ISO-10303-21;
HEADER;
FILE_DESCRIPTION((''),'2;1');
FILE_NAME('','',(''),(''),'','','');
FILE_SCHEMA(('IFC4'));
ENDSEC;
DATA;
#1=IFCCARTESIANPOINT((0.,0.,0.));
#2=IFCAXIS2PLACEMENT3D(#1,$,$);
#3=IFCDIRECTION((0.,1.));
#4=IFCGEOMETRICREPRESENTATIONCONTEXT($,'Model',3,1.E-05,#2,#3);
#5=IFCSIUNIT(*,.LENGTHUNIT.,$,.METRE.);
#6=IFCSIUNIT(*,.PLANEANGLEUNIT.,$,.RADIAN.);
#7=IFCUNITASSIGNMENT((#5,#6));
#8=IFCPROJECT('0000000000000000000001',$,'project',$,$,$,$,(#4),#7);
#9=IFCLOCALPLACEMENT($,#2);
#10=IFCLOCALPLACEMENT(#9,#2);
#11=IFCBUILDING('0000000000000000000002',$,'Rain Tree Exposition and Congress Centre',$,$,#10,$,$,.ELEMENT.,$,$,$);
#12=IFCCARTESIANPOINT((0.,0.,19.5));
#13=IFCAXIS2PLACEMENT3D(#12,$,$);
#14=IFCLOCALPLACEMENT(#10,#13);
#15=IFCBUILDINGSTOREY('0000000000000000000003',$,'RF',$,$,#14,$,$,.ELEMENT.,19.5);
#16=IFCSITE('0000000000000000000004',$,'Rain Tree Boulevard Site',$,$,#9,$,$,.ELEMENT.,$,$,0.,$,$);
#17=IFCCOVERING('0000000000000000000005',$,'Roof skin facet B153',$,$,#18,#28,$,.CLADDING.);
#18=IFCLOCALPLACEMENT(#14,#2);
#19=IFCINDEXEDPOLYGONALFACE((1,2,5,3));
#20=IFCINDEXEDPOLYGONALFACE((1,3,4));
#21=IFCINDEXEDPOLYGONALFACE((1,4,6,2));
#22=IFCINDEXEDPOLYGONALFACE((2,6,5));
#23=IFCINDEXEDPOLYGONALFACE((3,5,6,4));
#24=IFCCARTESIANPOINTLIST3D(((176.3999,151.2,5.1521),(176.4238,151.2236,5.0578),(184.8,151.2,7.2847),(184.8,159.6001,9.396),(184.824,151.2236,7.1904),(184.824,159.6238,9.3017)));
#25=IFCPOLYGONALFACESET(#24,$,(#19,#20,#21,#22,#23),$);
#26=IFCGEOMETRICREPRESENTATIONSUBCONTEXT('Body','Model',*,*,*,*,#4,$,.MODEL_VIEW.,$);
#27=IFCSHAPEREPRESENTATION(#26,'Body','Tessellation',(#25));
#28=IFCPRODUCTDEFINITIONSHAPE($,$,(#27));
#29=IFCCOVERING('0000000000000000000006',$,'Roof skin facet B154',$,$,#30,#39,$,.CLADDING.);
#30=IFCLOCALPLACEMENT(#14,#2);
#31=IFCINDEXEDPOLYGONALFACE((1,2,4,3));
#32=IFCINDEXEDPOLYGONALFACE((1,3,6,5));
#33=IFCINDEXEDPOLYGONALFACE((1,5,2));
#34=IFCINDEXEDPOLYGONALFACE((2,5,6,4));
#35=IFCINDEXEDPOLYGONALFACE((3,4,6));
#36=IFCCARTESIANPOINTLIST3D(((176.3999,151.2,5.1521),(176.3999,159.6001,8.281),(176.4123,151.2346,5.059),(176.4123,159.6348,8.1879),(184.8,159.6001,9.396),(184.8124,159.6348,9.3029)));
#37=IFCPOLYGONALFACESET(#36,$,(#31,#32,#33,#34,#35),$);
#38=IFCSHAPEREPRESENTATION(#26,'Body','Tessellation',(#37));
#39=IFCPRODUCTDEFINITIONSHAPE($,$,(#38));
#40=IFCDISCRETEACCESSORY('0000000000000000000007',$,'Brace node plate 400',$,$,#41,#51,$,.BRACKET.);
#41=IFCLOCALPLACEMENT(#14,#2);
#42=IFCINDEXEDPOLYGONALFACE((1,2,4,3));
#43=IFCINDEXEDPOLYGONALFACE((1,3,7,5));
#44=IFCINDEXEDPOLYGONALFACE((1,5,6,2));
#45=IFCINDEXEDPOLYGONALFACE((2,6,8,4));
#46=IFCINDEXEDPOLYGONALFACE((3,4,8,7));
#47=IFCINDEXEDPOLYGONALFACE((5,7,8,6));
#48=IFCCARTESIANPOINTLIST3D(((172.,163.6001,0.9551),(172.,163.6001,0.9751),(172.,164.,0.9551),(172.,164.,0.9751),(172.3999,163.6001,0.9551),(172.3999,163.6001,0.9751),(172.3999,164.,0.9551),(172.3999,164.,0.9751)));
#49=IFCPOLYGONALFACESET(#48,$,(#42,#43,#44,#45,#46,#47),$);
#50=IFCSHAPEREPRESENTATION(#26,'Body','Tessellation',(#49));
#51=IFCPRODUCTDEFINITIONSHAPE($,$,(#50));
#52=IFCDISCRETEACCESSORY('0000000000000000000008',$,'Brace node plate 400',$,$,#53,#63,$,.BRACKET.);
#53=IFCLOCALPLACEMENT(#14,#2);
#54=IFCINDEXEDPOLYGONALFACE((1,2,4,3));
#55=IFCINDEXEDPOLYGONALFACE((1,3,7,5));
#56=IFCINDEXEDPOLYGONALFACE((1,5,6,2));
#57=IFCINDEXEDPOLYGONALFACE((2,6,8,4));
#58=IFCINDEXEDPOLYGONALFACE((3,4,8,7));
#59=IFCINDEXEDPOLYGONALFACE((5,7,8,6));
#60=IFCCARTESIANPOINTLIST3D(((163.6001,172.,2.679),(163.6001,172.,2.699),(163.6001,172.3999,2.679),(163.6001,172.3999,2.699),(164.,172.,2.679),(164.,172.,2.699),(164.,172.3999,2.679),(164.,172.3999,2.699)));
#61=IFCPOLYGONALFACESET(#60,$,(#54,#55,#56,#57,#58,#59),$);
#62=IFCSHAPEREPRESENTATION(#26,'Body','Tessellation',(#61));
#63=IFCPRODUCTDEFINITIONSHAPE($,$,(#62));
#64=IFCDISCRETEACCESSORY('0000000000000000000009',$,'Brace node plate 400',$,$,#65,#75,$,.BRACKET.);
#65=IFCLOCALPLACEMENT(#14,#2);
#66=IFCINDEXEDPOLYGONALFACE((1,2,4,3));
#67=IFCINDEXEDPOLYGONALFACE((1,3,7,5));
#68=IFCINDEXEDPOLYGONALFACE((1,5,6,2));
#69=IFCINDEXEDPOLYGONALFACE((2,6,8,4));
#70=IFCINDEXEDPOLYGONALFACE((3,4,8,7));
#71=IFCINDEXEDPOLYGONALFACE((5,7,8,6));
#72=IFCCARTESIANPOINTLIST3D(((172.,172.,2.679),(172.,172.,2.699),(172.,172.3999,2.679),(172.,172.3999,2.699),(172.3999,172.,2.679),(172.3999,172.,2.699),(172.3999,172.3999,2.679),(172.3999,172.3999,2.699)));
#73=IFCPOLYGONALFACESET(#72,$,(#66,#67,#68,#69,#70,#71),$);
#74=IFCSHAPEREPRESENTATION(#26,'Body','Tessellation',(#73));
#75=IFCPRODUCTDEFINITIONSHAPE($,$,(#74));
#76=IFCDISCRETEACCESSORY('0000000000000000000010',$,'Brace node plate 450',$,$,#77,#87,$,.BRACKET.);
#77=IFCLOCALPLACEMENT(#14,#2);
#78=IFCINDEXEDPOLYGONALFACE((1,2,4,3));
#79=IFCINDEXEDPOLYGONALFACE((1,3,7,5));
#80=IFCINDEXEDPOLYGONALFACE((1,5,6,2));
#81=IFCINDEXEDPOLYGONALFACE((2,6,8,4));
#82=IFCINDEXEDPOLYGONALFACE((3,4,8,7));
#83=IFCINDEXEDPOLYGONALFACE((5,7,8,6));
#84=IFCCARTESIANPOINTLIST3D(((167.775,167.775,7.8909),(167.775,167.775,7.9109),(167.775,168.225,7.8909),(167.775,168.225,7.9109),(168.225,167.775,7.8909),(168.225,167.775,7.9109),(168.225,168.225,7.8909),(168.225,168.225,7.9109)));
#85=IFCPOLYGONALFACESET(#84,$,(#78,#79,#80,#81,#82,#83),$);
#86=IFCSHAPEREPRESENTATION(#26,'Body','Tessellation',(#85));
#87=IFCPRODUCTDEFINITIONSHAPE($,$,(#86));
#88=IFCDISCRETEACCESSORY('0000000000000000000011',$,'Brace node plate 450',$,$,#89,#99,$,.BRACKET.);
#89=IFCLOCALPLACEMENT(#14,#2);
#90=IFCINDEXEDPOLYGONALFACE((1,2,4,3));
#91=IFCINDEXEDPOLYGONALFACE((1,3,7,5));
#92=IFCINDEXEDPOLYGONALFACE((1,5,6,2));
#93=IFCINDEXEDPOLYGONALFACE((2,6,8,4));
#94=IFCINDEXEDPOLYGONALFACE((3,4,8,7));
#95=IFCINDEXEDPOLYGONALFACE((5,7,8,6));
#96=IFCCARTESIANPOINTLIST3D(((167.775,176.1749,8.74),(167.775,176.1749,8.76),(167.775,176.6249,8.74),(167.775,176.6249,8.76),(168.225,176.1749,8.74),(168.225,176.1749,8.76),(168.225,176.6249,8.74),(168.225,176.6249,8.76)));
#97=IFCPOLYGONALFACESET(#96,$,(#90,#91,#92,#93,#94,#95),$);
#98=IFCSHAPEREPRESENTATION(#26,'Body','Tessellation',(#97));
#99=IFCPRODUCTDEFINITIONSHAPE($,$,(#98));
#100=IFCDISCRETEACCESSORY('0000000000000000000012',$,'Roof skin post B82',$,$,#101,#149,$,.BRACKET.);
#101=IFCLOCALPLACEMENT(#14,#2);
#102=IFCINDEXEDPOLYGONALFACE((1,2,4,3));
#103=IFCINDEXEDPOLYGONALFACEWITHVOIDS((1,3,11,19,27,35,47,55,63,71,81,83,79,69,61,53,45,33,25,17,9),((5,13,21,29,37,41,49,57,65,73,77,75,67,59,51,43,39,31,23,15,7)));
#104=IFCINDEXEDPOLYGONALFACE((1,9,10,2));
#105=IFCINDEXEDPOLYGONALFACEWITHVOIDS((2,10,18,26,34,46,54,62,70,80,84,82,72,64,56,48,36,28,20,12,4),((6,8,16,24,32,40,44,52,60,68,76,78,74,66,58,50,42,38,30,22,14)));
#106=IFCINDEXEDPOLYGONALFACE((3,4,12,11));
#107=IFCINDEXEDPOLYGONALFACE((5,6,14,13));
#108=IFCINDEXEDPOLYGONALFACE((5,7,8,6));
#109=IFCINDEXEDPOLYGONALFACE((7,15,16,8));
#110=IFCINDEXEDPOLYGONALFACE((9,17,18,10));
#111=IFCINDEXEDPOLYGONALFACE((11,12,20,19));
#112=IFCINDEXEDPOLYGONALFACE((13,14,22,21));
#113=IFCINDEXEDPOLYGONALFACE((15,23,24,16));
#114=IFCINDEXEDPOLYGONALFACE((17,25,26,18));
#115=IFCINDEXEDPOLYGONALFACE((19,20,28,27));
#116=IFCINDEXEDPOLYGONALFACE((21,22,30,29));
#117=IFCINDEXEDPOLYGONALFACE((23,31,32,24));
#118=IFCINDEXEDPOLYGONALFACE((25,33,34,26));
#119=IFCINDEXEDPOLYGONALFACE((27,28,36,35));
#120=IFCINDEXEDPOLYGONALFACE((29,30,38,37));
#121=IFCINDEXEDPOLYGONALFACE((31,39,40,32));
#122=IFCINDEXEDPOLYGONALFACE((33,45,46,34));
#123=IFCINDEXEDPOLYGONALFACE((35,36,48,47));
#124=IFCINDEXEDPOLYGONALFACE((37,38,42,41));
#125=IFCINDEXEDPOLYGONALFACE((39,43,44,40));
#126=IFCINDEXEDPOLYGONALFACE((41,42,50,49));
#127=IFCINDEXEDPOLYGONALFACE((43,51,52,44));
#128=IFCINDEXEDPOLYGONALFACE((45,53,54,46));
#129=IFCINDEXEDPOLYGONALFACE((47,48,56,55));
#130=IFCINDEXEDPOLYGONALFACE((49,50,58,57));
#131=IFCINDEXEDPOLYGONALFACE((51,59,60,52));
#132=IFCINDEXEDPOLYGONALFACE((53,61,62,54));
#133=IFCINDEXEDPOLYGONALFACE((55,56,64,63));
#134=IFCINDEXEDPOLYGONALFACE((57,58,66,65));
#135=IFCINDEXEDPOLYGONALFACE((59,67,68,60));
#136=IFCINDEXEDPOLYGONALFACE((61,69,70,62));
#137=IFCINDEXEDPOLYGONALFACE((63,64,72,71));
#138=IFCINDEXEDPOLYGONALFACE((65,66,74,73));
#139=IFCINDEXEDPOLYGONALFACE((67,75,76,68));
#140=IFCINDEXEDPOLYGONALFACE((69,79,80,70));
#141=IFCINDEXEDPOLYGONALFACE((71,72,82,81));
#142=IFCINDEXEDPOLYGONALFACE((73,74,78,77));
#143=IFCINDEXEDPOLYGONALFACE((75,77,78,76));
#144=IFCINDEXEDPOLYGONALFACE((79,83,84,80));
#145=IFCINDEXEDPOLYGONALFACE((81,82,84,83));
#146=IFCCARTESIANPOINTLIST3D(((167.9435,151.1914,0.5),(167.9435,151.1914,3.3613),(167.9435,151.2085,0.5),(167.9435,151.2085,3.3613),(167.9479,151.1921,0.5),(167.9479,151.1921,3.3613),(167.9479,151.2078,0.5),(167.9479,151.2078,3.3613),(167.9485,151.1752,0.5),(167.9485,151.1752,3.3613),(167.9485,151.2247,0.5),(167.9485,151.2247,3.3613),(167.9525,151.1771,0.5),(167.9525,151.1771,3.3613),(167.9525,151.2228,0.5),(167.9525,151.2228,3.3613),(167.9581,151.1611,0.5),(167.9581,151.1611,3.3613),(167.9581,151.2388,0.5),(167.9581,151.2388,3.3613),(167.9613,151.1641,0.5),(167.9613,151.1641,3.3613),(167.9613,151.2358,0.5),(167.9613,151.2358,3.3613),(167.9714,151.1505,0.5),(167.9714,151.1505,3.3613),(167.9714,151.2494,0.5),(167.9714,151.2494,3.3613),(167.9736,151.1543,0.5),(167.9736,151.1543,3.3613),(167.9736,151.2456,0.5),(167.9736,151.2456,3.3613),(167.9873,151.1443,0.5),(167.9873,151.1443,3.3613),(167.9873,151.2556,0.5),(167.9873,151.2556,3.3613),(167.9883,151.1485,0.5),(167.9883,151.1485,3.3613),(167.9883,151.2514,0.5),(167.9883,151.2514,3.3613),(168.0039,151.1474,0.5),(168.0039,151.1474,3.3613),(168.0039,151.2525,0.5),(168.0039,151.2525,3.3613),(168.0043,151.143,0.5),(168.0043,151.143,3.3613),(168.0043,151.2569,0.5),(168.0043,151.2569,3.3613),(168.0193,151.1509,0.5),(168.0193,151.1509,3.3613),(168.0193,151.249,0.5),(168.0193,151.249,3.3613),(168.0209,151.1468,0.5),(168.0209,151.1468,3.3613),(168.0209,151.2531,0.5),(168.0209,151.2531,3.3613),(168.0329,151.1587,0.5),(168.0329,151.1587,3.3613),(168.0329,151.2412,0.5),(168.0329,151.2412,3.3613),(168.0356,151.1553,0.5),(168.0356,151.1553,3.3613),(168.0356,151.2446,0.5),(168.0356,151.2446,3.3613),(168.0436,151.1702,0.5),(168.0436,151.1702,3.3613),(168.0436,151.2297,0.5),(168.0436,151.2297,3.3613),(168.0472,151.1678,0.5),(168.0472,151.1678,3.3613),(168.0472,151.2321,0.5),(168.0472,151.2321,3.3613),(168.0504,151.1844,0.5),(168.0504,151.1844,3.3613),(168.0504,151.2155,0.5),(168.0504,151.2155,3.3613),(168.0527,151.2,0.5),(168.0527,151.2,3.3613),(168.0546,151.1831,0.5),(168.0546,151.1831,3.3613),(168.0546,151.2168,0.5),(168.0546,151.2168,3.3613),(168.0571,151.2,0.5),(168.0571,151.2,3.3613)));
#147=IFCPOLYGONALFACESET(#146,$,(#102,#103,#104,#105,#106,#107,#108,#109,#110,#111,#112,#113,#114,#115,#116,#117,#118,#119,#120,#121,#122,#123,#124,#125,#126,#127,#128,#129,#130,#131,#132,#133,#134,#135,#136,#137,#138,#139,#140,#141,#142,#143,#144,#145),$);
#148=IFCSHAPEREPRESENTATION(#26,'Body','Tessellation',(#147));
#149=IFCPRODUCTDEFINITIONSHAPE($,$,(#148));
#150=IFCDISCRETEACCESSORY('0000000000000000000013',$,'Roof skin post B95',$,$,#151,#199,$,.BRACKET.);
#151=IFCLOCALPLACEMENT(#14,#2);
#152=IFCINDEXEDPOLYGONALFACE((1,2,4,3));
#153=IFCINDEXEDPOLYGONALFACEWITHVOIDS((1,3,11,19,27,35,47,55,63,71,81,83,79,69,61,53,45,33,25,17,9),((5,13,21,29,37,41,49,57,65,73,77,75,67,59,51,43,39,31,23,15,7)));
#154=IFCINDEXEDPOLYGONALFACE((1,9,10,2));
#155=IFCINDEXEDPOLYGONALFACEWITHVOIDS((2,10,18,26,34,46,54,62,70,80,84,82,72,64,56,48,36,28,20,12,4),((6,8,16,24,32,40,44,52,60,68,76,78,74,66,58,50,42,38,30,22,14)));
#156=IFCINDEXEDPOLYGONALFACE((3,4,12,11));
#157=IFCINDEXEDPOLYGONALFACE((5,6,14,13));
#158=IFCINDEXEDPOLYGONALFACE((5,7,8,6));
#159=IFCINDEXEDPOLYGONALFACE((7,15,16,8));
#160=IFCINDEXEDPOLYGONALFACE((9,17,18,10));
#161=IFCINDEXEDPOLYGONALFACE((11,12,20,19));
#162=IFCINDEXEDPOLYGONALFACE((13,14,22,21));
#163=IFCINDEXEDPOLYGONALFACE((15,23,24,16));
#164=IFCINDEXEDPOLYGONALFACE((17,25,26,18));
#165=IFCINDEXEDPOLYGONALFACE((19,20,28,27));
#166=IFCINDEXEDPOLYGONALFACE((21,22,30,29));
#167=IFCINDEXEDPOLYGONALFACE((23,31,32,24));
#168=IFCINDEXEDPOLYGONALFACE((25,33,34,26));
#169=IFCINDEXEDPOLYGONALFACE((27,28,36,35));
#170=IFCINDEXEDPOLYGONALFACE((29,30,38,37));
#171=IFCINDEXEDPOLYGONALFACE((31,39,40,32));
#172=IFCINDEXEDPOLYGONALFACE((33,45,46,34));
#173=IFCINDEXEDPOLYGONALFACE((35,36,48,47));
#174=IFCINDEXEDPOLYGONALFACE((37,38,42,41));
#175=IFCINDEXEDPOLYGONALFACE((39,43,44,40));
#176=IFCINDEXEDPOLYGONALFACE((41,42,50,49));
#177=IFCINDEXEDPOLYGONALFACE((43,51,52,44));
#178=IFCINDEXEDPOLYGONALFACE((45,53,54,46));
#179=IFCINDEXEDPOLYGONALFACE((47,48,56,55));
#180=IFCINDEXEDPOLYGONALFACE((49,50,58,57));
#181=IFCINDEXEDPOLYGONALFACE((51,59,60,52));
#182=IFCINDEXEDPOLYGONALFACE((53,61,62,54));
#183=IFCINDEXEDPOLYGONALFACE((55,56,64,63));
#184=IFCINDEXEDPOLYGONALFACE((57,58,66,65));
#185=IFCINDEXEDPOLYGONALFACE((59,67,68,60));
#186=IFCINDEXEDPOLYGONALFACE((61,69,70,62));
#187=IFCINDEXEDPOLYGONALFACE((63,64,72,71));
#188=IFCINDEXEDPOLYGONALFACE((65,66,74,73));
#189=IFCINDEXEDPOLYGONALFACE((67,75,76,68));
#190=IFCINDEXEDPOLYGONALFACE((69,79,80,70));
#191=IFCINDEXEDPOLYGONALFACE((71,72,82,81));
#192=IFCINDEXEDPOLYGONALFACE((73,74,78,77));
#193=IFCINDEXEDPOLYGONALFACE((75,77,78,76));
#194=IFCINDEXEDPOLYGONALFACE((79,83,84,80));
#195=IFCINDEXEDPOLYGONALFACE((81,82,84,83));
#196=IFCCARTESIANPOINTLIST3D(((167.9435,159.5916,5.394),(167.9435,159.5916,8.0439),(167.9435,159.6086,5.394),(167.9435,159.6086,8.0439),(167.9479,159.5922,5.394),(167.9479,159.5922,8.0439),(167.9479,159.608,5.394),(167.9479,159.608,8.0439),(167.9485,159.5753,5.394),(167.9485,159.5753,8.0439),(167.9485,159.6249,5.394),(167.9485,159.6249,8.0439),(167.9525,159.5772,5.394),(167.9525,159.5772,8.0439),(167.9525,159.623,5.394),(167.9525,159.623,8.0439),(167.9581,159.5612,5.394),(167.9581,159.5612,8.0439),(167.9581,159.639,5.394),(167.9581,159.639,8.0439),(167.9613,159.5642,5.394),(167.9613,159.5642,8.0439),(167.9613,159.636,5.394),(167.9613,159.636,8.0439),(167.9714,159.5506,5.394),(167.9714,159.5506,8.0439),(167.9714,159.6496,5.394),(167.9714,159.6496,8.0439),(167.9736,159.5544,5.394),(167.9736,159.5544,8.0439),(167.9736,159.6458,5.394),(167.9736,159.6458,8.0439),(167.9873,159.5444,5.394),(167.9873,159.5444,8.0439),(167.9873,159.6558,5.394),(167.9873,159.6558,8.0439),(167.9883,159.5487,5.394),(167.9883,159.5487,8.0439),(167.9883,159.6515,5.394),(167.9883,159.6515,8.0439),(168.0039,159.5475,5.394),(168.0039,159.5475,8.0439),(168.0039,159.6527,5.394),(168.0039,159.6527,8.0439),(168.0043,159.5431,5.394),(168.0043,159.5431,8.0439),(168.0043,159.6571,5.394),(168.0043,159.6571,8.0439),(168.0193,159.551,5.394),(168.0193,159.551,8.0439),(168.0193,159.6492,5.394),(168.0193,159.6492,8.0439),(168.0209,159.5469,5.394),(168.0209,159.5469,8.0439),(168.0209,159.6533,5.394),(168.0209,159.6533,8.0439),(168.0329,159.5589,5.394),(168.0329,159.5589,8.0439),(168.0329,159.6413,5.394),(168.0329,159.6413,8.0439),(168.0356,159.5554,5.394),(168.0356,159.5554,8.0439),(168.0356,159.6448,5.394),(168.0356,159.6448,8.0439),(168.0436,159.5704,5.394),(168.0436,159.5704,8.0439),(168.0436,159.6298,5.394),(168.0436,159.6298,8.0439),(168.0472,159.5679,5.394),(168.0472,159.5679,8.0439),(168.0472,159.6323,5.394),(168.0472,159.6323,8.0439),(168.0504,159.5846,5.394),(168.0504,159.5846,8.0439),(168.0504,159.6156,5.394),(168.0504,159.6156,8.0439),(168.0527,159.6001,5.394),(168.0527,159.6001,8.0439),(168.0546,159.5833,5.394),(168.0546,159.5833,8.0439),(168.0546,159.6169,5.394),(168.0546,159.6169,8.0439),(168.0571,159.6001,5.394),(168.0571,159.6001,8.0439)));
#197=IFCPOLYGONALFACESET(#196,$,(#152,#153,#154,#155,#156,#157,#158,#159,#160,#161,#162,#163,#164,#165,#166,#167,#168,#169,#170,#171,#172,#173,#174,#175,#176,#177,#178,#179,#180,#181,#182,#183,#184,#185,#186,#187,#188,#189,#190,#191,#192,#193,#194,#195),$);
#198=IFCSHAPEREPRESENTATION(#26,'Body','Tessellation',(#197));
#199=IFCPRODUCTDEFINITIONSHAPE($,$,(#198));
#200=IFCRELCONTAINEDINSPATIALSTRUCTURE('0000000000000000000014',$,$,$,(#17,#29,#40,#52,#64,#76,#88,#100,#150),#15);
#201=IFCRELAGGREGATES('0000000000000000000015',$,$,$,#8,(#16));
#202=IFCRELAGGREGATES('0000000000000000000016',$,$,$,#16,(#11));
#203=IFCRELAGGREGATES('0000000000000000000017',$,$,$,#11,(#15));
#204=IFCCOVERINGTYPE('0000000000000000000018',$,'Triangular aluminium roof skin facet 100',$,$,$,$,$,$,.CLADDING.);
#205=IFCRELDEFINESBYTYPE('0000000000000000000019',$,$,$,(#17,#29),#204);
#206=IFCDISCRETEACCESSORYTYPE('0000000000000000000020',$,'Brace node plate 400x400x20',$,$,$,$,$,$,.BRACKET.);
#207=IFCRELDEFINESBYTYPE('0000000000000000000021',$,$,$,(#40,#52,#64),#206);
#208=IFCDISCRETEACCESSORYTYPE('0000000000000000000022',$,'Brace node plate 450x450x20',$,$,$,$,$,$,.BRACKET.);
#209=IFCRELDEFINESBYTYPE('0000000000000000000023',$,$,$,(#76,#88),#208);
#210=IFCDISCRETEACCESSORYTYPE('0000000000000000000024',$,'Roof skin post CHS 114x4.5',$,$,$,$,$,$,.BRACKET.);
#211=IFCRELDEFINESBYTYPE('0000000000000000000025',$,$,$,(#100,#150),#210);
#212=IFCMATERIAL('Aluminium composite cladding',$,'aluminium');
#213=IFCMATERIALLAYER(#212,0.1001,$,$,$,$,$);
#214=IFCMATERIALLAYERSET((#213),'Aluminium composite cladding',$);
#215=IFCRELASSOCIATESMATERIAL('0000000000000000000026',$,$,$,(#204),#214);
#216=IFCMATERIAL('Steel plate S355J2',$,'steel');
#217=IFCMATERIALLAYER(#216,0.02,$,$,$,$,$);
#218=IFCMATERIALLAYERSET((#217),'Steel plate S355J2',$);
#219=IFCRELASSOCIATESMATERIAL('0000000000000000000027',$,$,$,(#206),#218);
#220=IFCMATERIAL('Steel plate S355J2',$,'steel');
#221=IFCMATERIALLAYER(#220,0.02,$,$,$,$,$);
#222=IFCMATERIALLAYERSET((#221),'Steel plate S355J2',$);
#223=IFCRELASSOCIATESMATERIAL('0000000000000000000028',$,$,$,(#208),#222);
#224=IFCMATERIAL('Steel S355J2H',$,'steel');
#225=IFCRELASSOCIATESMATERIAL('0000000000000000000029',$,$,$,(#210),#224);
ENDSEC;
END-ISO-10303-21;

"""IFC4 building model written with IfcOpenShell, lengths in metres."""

from ifc_helpers import new_model, si_unit, direction, frame, origin, origin_2d, place, context, subcontext, project, spatial, polyline, rectangle, hollow_circle, outline, extrude, material, layer, layer_set, material_profile, profile_set, type_object, element, save


model = new_model("IFC4")

# Units and contexts
model_context = context("Model", 3, precision=1e-05, world=origin(), true_north=direction((0.0, 1.0)))
body_context = subcontext(model_context, "Body", "Model", "MODEL_VIEW")
ifc_project = project(units=[si_unit("LENGTHUNIT", "METRE"), si_unit("PLANEANGLEUNIT", "RADIAN")], contexts=[model_context])

# Site, building, storey
site_placement = place(None, origin())
site = spatial("IfcSite", under=ifc_project, at=site_placement, Name="Rain Tree Boulevard Site", CompositionType="ELEMENT", RefElevation=0.0)
building_placement = place(site_placement, origin())
building = spatial("IfcBuilding", under=site, at=building_placement, Name="Rain Tree Exposition and Congress Centre", CompositionType="ELEMENT")
storey_placement = place(building_placement, frame((0.0, 0.0, 19.5)))
storey = spatial("IfcBuildingStorey", under=building, at=storey_placement, Name="RF", CompositionType="ELEMENT", Elevation=19.5)

# Coverings
ifc_material_1 = material(Name="Aluminium composite cladding", Category="aluminium")
ifc_layer_1 = layer(ifc_material_1, 0.1001)
ifc_layer_set_1 = layer_set([ifc_layer_1], Name="Aluminium composite cladding")
covering_type = type_object("IfcCoveringType", Name="Triangular aluminium roof skin facet 100", PredefinedType="CLADDING", material=ifc_layer_set_1)
covering_1_placement = place(storey_placement, frame((176.3999, 151.2, 5.1521), z_axis=(-0.239075, -0.236694, 0.941711), x_axis=(0.969253, 0.0, 0.246067)))
element("IfcCovering", 1, at=covering_1_placement, inside=storey, type_object=covering_type, Name="Roof skin facet B153", PredefinedType="CLADDING", context=body_context, shape_type="SweptSolid", body=[
    extrude(outline(polyline([(0.0, 0.0), (8.6666, 0.0), (9.1861, 8.6458), (0.0, 0.0)])), origin(), (0.0, 0.0, -1.0), 0.1001),
])
covering_2_placement = place(storey_placement, frame((176.3999, 151.2, 5.1521), z_axis=(-0.123435, -0.346385, 0.929936), x_axis=(0.665891, 0.665891, 0.336419)))
element("IfcCovering", 2, at=covering_2_placement, inside=storey, type_object=covering_type, Name="Roof skin facet B154", PredefinedType="CLADDING", context=body_context, shape_type="SweptSolid", body=[
    extrude(outline(polyline([(0.0, 0.0), (12.6149, 0.0), (6.6462, 6.015), (0.0, 0.0)])), origin(), (0.0, 0.0, -1.0), 0.1001),
])

# Discrete accessories
ifc_material_2 = material(Name="Steel plate S355J2", Category="steel")
ifc_layer_2 = layer(ifc_material_2, 0.02)
ifc_layer_set_2 = layer_set([ifc_layer_2], Name="Steel plate S355J2")
discrete_accessory_type_1 = type_object("IfcDiscreteAccessoryType", Name="Brace node plate 400x400x20", PredefinedType="BRACKET", material=ifc_layer_set_2)
for number, where, z_axis, x_axis, name in (
    (3, (172.2, 163.8, 0.9551), (0.0, 0.0, 1.0), (1.0, 0.0, 0.0), "Brace node plate 400"),
    (4, (163.8, 172.2, 2.679), (0.0, 0.0, 1.0), (1.0, 0.0, 0.0), "Brace node plate 400"),
    (5, (172.2, 172.2, 2.679), (0.0, 0.0, 1.0), (1.0, 0.0, 0.0), "Brace node plate 400"),
):
    element("IfcDiscreteAccessory", number, at=place(storey_placement, frame(where, z_axis=z_axis, x_axis=x_axis)), inside=storey, type_object=discrete_accessory_type_1, Name=name, PredefinedType="BRACKET", context=body_context, shape_type="SweptSolid", body=[
        extrude(rectangle(XDim=0.3999, YDim=0.3999, at=origin_2d()), origin(), (0.0, 0.0, 1.0), 0.02),
    ])
ifc_material_3 = material(Name="Steel plate S355J2", Category="steel")
ifc_layer_3 = layer(ifc_material_3, 0.02)
ifc_layer_set_3 = layer_set([ifc_layer_3], Name="Steel plate S355J2")
discrete_accessory_type_2 = type_object("IfcDiscreteAccessoryType", Name="Brace node plate 450x450x20", PredefinedType="BRACKET", material=ifc_layer_set_3)
for number, where, z_axis, x_axis, name in (
    (6, (168.0, 168.0, 7.8909), (0.0, 0.0, 1.0), (1.0, 0.0, 0.0), "Brace node plate 450"),
    (7, (168.0, 176.3999, 8.74), (0.0, 0.0, 1.0), (1.0, 0.0, 0.0), "Brace node plate 450"),
):
    element("IfcDiscreteAccessory", number, at=place(storey_placement, frame(where, z_axis=z_axis, x_axis=x_axis)), inside=storey, type_object=discrete_accessory_type_2, Name=name, PredefinedType="BRACKET", context=body_context, shape_type="SweptSolid", body=[
        extrude(rectangle(XDim=0.45, YDim=0.45, at=origin_2d()), origin(), (0.0, 0.0, 1.0), 0.02),
    ])
ifc_material_4 = material(Name="Steel S355J2H", Category="steel")
ifc_material_profile_1 = material_profile(ifc_material_4, hollow_circle(Radius=0.0571, WallThickness=0.0044, at=origin_2d()), Name="CHS 114x4.5")
ifc_profile_set_1 = profile_set([ifc_material_profile_1], Name="Steel S355J2H")
discrete_accessory_type_3 = type_object("IfcDiscreteAccessoryType", Name="Roof skin post CHS 114x4.5", PredefinedType="BRACKET", material=ifc_profile_set_1)
discrete_accessory_1_placement = place(storey_placement, frame((168.0, 151.2, 0.5), z_axis=(0.0, 0.0, 1.0), x_axis=(1.0, 0.0, 0.0)))
element("IfcDiscreteAccessory", 8, at=discrete_accessory_1_placement, inside=storey, type_object=discrete_accessory_type_3, Name="Roof skin post B82", PredefinedType="BRACKET", context=body_context, shape_type="SweptSolid", body=[
    extrude(hollow_circle(Radius=0.0571, WallThickness=0.0044, at=origin_2d()), origin(), (0.0, 0.0, 1.0), 2.8613),
])
discrete_accessory_2_placement = place(storey_placement, frame((168.0, 159.6001, 5.394), z_axis=(0.0, 0.0, 1.0), x_axis=(1.0, 0.0, 0.0)))
element("IfcDiscreteAccessory", 9, at=discrete_accessory_2_placement, inside=storey, type_object=discrete_accessory_type_3, Name="Roof skin post B95", PredefinedType="BRACKET", context=body_context, shape_type="SweptSolid", body=[
    extrude(hollow_circle(Radius=0.0571, WallThickness=0.0044, at=origin_2d()), origin(), (0.0, 0.0, 1.0), 2.6499),
])

save(model, "model.ifc")
